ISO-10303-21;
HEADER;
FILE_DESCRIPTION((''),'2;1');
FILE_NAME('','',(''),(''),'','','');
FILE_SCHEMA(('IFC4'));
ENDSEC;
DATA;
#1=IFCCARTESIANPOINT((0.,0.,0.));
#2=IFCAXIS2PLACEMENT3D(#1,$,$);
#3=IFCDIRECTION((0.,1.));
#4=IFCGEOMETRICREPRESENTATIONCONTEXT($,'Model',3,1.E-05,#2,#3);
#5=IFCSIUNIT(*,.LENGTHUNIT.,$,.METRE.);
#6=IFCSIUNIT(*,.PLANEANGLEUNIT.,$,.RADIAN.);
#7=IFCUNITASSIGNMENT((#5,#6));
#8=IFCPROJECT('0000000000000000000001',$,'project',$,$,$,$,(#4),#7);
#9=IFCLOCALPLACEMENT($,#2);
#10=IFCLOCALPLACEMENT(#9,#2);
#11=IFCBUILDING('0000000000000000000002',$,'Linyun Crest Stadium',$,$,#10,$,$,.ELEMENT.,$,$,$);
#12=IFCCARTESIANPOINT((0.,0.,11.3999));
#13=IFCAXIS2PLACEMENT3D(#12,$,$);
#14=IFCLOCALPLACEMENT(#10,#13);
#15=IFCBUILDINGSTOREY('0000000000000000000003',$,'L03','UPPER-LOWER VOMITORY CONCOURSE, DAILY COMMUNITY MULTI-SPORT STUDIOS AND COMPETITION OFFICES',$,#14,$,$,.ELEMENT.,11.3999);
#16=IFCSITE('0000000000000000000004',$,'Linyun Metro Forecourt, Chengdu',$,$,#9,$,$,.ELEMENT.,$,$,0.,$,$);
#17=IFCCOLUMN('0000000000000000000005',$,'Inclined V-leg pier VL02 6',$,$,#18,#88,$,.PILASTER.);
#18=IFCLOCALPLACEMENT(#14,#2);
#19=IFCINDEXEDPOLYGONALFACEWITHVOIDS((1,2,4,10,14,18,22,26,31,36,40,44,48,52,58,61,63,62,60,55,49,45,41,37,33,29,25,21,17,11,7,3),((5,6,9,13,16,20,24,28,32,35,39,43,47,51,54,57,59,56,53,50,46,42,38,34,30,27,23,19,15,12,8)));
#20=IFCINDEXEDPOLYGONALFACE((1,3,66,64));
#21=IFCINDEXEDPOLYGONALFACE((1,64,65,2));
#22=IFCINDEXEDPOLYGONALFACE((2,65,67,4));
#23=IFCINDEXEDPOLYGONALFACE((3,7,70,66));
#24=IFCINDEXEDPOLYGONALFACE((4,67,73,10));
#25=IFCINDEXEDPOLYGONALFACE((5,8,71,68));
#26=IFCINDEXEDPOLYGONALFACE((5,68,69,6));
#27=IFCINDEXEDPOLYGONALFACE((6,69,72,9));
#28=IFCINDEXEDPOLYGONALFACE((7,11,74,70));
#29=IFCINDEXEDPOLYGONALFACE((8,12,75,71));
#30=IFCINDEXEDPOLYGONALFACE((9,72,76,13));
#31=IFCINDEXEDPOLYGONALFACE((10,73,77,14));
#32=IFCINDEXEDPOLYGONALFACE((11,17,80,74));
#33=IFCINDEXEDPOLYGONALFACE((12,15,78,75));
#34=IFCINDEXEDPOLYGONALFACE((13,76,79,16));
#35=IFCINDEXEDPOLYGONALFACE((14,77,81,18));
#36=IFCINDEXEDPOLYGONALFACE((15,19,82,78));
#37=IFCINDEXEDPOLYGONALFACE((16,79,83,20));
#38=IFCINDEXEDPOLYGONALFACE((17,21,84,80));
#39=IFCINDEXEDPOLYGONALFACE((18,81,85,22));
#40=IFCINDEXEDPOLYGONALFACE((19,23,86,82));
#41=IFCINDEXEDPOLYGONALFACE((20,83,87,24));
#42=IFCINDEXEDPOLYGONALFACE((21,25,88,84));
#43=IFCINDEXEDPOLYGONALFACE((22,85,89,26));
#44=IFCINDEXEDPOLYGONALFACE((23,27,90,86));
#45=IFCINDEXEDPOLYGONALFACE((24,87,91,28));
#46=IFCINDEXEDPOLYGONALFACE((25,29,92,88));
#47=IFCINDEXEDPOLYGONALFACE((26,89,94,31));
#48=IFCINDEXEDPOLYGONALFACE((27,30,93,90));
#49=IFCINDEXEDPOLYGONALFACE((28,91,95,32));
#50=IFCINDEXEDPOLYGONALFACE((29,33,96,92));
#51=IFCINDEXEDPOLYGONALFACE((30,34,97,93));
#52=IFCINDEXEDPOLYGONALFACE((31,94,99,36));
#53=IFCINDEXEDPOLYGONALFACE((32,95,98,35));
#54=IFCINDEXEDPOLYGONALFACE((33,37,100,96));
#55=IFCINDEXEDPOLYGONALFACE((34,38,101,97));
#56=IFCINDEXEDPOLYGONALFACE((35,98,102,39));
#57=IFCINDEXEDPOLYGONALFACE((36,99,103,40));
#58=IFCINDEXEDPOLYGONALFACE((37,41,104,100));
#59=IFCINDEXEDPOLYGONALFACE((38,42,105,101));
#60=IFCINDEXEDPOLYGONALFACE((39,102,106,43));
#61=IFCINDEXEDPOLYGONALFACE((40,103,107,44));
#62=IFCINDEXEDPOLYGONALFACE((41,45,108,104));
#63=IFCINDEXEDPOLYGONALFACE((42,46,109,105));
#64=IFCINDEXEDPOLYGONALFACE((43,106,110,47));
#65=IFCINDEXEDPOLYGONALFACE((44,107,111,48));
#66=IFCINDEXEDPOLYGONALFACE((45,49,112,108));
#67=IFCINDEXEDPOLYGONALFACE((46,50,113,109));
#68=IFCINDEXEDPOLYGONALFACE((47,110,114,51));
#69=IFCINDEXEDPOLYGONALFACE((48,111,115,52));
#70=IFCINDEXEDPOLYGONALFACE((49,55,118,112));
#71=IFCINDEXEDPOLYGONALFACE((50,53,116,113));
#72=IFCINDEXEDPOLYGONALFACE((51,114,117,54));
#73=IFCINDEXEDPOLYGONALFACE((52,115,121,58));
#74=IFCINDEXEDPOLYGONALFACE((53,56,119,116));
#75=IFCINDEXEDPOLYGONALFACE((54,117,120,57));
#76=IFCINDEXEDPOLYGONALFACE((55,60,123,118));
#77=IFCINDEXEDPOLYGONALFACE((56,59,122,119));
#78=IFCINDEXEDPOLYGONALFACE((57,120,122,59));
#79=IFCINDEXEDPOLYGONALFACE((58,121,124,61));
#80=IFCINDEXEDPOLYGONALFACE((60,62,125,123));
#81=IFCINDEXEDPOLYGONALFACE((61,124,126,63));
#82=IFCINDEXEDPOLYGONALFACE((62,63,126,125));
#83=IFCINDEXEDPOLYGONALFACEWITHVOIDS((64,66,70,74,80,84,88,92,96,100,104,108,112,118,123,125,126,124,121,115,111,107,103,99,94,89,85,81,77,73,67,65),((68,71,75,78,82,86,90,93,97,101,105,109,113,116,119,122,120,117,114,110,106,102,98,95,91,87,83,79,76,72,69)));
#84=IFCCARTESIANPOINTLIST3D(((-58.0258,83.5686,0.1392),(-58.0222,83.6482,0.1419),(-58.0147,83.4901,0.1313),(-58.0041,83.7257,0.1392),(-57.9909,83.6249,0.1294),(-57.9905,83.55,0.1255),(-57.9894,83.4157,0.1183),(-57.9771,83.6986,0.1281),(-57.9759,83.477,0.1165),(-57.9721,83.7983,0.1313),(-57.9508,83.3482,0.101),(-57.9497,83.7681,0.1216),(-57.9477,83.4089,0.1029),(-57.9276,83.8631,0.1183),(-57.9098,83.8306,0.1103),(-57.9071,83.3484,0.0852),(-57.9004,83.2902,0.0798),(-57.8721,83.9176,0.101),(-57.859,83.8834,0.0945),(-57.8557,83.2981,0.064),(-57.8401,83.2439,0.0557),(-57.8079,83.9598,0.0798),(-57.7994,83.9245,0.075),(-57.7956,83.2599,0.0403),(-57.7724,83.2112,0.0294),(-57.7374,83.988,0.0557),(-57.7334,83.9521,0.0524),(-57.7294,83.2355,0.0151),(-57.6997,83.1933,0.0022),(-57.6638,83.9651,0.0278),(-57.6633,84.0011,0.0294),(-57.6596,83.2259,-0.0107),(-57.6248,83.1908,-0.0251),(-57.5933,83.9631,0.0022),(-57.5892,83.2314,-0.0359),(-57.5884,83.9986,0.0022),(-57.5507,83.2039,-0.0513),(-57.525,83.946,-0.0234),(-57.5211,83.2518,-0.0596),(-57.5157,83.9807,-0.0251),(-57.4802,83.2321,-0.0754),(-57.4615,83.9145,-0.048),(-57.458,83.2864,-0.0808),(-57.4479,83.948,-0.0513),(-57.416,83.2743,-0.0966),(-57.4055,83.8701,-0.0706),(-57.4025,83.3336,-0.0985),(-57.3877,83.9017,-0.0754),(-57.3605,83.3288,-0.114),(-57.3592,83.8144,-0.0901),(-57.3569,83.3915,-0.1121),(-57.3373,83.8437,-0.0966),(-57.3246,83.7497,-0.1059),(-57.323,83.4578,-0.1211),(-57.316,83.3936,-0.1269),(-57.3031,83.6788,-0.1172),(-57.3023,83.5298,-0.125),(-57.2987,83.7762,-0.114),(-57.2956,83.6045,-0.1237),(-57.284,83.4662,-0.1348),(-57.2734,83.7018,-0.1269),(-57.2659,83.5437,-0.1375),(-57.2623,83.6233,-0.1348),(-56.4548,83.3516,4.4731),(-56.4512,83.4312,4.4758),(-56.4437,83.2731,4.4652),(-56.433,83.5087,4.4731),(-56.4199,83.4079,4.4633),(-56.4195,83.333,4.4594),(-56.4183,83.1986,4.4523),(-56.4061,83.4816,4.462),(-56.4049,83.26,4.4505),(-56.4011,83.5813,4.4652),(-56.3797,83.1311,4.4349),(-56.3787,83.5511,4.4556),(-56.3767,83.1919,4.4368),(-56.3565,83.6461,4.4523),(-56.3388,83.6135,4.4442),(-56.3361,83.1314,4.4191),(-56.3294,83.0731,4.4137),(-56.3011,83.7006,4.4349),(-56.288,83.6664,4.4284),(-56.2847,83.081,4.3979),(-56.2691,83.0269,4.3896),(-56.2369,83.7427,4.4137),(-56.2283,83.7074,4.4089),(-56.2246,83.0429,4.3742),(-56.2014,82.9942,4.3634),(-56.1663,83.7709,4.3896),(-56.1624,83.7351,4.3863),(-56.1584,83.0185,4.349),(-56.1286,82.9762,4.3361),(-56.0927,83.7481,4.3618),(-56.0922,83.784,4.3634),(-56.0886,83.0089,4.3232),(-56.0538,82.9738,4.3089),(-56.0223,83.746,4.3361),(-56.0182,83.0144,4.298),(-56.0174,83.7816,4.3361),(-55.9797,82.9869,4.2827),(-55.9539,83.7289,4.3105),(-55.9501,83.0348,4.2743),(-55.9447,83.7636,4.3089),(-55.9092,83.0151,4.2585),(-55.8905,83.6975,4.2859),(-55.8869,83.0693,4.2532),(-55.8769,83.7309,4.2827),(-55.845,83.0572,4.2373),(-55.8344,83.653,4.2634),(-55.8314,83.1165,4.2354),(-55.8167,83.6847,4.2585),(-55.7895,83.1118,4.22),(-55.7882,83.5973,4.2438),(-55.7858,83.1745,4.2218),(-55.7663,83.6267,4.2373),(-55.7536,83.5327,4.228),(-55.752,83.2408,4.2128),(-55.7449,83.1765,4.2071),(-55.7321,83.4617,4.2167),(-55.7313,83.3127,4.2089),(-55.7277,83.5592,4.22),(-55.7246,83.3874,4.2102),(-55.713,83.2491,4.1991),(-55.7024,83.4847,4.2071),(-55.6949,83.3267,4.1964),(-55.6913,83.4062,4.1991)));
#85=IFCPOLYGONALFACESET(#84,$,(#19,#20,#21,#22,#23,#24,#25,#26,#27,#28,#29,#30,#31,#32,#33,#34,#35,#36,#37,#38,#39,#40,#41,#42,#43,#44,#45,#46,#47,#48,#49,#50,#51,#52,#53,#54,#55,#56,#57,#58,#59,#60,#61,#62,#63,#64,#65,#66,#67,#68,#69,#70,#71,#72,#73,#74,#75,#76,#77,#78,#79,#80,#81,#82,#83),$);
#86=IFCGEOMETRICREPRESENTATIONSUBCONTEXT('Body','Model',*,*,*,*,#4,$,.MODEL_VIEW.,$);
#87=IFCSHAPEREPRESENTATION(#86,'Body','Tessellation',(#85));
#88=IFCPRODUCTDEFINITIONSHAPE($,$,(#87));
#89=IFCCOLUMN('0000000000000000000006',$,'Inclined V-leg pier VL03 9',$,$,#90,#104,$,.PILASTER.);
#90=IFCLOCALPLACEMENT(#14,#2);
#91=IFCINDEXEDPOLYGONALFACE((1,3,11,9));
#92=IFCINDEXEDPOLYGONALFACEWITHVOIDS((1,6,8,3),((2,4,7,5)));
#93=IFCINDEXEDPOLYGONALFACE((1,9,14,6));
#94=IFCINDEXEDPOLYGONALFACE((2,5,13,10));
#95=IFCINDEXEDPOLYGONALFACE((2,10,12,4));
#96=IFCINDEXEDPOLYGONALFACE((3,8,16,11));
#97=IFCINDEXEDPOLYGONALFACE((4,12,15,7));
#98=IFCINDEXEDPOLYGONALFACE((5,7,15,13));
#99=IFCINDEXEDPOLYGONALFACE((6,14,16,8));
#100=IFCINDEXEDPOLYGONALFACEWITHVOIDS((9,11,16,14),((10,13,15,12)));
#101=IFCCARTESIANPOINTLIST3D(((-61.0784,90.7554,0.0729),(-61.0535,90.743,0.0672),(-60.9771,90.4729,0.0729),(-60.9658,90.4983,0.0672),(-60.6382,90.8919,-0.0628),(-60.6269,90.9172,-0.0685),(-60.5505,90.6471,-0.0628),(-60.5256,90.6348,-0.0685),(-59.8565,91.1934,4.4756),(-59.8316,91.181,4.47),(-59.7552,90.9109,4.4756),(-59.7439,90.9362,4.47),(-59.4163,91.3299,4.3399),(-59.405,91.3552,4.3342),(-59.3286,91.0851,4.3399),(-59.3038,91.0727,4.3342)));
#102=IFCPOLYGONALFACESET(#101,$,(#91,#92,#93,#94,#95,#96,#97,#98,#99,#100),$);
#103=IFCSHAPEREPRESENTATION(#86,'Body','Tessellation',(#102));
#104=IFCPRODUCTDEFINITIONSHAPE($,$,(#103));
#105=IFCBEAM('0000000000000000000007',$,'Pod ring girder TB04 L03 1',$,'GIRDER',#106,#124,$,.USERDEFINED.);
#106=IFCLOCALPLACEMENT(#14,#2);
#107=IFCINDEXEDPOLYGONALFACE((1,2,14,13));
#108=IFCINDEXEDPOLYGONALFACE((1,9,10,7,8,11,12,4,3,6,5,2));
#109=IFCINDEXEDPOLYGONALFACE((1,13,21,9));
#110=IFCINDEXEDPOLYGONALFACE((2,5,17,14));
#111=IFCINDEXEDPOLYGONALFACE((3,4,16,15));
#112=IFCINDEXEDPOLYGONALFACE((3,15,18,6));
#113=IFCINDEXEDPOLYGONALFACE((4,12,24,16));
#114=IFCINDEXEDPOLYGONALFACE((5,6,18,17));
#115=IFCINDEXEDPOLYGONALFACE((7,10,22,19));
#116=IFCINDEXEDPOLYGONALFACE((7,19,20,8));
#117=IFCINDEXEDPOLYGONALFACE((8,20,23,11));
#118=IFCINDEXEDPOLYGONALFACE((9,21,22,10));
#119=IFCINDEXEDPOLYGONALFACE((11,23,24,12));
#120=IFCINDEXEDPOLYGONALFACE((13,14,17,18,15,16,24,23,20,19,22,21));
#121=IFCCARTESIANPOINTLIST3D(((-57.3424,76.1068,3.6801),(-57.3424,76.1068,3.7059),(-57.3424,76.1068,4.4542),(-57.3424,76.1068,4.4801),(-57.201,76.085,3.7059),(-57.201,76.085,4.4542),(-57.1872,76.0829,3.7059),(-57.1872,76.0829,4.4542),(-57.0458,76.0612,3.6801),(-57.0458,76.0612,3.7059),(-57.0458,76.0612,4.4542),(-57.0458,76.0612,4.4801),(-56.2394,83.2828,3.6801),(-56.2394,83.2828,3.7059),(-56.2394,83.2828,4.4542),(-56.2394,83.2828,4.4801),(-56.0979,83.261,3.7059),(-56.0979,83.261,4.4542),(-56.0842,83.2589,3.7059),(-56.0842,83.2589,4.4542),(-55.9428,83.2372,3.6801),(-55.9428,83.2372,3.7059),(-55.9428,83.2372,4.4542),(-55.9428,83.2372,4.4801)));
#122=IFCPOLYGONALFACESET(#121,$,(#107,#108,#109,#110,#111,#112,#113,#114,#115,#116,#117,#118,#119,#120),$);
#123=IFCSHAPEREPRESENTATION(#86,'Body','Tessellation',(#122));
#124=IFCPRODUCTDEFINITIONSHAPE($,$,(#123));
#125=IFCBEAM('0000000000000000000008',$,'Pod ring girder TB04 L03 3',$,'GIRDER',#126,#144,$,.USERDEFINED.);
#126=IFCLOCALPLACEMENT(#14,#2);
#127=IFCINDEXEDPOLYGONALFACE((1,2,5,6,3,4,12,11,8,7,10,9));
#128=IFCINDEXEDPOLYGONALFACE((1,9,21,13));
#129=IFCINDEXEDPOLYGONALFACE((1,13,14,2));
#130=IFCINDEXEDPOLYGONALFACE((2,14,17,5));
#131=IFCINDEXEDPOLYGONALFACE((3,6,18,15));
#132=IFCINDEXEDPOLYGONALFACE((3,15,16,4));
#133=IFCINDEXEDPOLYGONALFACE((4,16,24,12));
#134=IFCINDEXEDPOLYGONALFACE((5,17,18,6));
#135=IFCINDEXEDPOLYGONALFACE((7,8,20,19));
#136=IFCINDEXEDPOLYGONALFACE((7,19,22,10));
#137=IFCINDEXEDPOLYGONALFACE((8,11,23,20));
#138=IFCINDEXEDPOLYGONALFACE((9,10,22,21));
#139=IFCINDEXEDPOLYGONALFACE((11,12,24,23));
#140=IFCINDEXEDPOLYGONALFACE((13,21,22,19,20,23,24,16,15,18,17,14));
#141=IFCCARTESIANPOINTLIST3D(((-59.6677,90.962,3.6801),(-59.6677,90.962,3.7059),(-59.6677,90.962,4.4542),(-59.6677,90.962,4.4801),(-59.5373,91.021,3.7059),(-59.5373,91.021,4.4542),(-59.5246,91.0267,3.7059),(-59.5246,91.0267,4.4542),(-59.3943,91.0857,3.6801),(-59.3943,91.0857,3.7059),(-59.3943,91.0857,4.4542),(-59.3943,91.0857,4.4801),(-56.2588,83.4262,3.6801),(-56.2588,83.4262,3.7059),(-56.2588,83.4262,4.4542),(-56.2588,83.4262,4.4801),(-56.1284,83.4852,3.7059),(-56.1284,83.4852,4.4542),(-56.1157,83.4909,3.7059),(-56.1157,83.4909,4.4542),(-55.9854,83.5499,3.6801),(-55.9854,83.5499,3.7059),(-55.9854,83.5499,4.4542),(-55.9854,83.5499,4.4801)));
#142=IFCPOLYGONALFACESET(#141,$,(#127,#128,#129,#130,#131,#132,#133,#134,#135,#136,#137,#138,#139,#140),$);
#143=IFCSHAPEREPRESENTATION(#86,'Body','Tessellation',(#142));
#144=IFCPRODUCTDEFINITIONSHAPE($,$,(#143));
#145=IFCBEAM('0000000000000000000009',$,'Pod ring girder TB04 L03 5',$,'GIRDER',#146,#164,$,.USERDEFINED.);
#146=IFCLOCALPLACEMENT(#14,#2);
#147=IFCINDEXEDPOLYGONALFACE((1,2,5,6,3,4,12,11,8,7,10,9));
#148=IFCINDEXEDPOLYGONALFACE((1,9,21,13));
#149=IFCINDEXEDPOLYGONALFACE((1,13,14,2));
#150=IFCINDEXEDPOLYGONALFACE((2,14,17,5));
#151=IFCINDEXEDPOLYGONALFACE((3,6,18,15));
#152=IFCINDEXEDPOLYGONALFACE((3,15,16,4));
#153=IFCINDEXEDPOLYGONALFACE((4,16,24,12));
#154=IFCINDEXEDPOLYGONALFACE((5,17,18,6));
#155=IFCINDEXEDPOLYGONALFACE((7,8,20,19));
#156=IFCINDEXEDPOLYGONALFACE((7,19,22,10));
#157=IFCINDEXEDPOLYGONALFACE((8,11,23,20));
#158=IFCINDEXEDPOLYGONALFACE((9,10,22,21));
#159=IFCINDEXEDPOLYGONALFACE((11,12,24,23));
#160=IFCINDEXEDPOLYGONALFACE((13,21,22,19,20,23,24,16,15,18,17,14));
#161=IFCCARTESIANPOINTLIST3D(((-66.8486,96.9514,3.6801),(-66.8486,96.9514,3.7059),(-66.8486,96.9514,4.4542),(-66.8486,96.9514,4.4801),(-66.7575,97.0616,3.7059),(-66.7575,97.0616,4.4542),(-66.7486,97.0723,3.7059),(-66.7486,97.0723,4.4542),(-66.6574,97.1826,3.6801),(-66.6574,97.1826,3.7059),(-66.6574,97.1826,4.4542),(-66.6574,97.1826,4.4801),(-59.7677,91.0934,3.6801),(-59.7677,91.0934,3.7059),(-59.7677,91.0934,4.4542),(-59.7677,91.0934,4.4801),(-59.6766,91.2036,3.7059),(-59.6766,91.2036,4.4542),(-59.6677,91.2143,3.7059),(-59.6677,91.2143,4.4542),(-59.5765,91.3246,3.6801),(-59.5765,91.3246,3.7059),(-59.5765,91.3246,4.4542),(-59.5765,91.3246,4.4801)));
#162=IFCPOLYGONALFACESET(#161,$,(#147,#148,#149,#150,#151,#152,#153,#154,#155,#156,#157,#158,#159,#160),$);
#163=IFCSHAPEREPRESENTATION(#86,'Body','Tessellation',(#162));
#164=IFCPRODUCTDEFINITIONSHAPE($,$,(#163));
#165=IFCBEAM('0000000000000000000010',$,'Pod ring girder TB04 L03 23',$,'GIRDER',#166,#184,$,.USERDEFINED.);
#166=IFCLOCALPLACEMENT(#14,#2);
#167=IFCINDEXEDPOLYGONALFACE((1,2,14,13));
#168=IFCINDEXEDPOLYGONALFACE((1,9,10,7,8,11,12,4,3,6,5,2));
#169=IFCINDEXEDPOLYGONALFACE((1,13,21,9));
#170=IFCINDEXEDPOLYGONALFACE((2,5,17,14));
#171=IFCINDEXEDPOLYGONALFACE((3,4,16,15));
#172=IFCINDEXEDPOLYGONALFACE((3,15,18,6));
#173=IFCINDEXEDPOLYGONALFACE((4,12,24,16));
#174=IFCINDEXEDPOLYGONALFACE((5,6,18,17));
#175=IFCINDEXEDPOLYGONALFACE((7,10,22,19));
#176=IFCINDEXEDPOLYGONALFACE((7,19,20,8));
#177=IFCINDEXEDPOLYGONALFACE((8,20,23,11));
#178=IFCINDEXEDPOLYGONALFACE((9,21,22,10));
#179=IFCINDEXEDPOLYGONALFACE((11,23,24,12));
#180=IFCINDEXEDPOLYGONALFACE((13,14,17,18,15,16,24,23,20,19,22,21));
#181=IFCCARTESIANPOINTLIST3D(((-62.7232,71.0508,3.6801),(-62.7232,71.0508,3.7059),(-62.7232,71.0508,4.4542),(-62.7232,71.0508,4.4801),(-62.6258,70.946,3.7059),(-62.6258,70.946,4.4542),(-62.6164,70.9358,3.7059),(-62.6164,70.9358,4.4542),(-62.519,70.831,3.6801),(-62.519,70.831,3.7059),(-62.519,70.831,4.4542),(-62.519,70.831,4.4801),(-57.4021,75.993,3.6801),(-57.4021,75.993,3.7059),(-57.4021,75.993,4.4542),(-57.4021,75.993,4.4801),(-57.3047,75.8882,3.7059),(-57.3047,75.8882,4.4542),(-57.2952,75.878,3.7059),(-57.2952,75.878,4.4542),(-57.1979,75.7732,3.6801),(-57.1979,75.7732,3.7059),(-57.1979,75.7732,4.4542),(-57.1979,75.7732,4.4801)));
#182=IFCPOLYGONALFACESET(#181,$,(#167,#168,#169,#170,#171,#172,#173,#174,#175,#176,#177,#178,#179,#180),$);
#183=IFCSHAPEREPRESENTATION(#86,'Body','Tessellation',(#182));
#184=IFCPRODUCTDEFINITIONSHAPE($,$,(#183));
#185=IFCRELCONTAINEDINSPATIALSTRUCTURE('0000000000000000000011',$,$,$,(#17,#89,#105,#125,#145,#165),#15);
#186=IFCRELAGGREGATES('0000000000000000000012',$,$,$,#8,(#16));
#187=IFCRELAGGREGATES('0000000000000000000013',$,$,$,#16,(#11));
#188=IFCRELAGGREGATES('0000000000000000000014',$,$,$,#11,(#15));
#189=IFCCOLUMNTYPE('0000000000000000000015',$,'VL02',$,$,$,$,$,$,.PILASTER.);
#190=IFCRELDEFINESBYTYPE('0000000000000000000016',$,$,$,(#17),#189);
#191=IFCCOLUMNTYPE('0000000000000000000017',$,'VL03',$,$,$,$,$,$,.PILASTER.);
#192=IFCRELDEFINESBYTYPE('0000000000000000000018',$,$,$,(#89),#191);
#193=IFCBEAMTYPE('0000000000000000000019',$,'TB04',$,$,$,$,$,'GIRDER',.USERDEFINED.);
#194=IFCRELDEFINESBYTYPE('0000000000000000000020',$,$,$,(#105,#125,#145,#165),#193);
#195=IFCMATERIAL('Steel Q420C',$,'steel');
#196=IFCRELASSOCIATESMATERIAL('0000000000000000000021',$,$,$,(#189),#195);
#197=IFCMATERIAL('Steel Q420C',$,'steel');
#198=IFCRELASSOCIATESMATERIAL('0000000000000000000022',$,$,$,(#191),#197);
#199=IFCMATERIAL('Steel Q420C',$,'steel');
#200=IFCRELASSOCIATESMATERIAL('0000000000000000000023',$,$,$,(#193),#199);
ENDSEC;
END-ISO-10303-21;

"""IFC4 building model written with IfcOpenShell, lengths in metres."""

from ifc_helpers import new_model, si_unit, direction, frame, origin, origin_2d, place, context, subcontext, project, spatial, hollow_rectangle, hollow_circle, i_section, extrude, material, material_profile, profile_set, type_object, element, save


model = new_model("IFC4")

# Units and contexts
model_context = context("Model", 3, precision=1e-05, world=origin(), true_north=direction((0.0, 1.0)))
body_context = subcontext(model_context, "Body", "Model", "MODEL_VIEW")
ifc_project = project(units=[si_unit("LENGTHUNIT", "METRE"), si_unit("PLANEANGLEUNIT", "RADIAN")], contexts=[model_context])

# Site, building, storey
site_placement = place(None, origin())
site = spatial("IfcSite", under=ifc_project, at=site_placement, Name="Linyun Metro Forecourt, Chengdu", CompositionType="ELEMENT", RefElevation=0.0)
building_placement = place(site_placement, origin())
building = spatial("IfcBuilding", under=site, at=building_placement, Name="Linyun Crest Stadium", CompositionType="ELEMENT")
storey_placement = place(building_placement, frame((0.0, 0.0, 11.3999)))
storey = spatial("IfcBuildingStorey", under=building, at=storey_placement, Name="L03", Description="UPPER-LOWER VOMITORY CONCOURSE, DAILY COMMUNITY MULTI-SPORT STUDIOS AND COMPETITION OFFICES", CompositionType="ELEMENT", Elevation=11.3999)

# Columns
ifc_material_1 = material(Name="Steel Q420C", Category="steel")
ifc_material_profile_1 = material_profile(ifc_material_1, hollow_circle(Radius=0.4065, WallThickness=0.0359, at=origin_2d()), Name="CHS 813x36")
ifc_profile_set_1 = profile_set([ifc_material_profile_1], Name="Steel Q420C")
column_type_1 = type_object("IfcColumnType", Name="VL02", PredefinedType="PILASTER", material=ifc_profile_set_1)
column_1_placement = place(storey_placement, frame((-57.644, 83.5959, 0.0022), z_axis=(0.340418, -0.047029, 0.939098), x_axis=(0.136851, 0.990592, 0.0)))
element("IfcColumn", 1, at=column_1_placement, inside=storey, type_object=column_type_1, Name="Inclined V-leg pier VL02 6", PredefinedType="PILASTER", context=body_context, shape_type="SweptSolid", body=[
    extrude(hollow_circle(Radius=0.4065, WallThickness=0.0359, at=origin_2d()), origin(), (0.0, 0.0, 1.0), 4.615),
])
ifc_material_2 = material(Name="Steel Q420C", Category="steel")
ifc_material_profile_2 = material_profile(ifc_material_2, hollow_rectangle(XDim=0.3, YDim=0.5, WallThickness=0.02, at=origin_2d()), Name="RHS 500x300x20")
ifc_profile_set_2 = profile_set([ifc_material_profile_2], Name="Steel Q420C")
column_type_2 = type_object("IfcColumnType", Name="VL03", PredefinedType="PILASTER", material=ifc_profile_set_2)
column_2_placement = place(storey_placement, frame((-60.802, 90.6951, 0.0022), z_axis=(0.266203, 0.095418, 0.959183), x_axis=(-0.33742, 0.941354, 0.0)))
element("IfcColumn", 2, at=column_2_placement, inside=storey, type_object=column_type_2, Name="Inclined V-leg pier VL03 9", PredefinedType="PILASTER", context=body_context, shape_type="SweptSolid", body=[
    extrude(hollow_rectangle(XDim=0.3, YDim=0.5, WallThickness=0.02, at=origin_2d()), origin(), (0.0, 0.0, 1.0), 4.5901),
])

# Beams
ifc_material_3 = material(Name="Steel Q420C", Category="steel")
ifc_material_profile_3 = material_profile(ifc_material_3, i_section(OverallWidth=0.3, OverallDepth=0.8, WebThickness=0.0139, FlangeThickness=0.0259, at=origin_2d()), Name="HN 800x300")
ifc_profile_set_3 = profile_set([ifc_material_profile_3], Name="Steel Q420C")
beam_type = type_object("IfcBeamType", Name="TB04", ElementType="GIRDER", PredefinedType="USERDEFINED", material=ifc_profile_set_3)
beam_1_placement = place(storey_placement, frame((-57.1941, 76.084, 4.0801), z_axis=(0.151926, 0.988392, 0.0), x_axis=(-0.988392, 0.151926, 0.0)))
element("IfcBeam", 3, at=beam_1_placement, inside=storey, type_object=beam_type, Name="Pod ring girder TB04 L03 1", ObjectType="GIRDER", PredefinedType="USERDEFINED", context=body_context, shape_type="SweptSolid", body=[
    extrude(i_section(OverallWidth=0.3, OverallDepth=0.8, WebThickness=0.0139, FlangeThickness=0.0259, at=origin_2d()), origin(), (0.0, 0.0, 1.0), 7.2603),
])
beam_2_placement = place(storey_placement, frame((-56.1221, 83.488, 4.0801), z_axis=(-0.412152, 0.911115, 0.0), x_axis=(-0.911115, -0.412152, 0.0)))
element("IfcBeam", 4, at=beam_2_placement, inside=storey, type_object=beam_type, Name="Pod ring girder TB04 L03 3", ObjectType="GIRDER", PredefinedType="USERDEFINED", context=body_context, shape_type="SweptSolid", body=[
    extrude(i_section(OverallWidth=0.3, OverallDepth=0.8, WebThickness=0.0139, FlangeThickness=0.0259, at=origin_2d()), origin(), (0.0, 0.0, 1.0), 8.271),
])
beam_3_placement = place(storey_placement, frame((-59.6721, 91.209, 4.0801), z_axis=(-0.770505, 0.637434, 0.0), x_axis=(-0.637434, -0.770505, 0.0)))
element("IfcBeam", 5, at=beam_3_placement, inside=storey, type_object=beam_type, Name="Pod ring girder TB04 L03 5", ObjectType="GIRDER", PredefinedType="USERDEFINED", context=body_context, shape_type="SweptSolid", body=[
    extrude(i_section(OverallWidth=0.3, OverallDepth=0.8, WebThickness=0.0139, FlangeThickness=0.0259, at=origin_2d()), origin(), (0.0, 0.0, 1.0), 9.1899),
])
beam_4_placement = place(storey_placement, frame((-62.6211, 70.9409, 4.0801), z_axis=(0.732713, 0.680537, 0.0), x_axis=(-0.680537, 0.732713, 0.0)))
element("IfcBeam", 6, at=beam_4_placement, inside=storey, type_object=beam_type, Name="Pod ring girder TB04 L03 23", ObjectType="GIRDER", PredefinedType="USERDEFINED", context=body_context, shape_type="SweptSolid", body=[
    extrude(i_section(OverallWidth=0.3, OverallDepth=0.8, WebThickness=0.0139, FlangeThickness=0.0259, at=origin_2d()), origin(), (0.0, 0.0, 1.0), 7.2622),
])

save(model, "model.ifc")
